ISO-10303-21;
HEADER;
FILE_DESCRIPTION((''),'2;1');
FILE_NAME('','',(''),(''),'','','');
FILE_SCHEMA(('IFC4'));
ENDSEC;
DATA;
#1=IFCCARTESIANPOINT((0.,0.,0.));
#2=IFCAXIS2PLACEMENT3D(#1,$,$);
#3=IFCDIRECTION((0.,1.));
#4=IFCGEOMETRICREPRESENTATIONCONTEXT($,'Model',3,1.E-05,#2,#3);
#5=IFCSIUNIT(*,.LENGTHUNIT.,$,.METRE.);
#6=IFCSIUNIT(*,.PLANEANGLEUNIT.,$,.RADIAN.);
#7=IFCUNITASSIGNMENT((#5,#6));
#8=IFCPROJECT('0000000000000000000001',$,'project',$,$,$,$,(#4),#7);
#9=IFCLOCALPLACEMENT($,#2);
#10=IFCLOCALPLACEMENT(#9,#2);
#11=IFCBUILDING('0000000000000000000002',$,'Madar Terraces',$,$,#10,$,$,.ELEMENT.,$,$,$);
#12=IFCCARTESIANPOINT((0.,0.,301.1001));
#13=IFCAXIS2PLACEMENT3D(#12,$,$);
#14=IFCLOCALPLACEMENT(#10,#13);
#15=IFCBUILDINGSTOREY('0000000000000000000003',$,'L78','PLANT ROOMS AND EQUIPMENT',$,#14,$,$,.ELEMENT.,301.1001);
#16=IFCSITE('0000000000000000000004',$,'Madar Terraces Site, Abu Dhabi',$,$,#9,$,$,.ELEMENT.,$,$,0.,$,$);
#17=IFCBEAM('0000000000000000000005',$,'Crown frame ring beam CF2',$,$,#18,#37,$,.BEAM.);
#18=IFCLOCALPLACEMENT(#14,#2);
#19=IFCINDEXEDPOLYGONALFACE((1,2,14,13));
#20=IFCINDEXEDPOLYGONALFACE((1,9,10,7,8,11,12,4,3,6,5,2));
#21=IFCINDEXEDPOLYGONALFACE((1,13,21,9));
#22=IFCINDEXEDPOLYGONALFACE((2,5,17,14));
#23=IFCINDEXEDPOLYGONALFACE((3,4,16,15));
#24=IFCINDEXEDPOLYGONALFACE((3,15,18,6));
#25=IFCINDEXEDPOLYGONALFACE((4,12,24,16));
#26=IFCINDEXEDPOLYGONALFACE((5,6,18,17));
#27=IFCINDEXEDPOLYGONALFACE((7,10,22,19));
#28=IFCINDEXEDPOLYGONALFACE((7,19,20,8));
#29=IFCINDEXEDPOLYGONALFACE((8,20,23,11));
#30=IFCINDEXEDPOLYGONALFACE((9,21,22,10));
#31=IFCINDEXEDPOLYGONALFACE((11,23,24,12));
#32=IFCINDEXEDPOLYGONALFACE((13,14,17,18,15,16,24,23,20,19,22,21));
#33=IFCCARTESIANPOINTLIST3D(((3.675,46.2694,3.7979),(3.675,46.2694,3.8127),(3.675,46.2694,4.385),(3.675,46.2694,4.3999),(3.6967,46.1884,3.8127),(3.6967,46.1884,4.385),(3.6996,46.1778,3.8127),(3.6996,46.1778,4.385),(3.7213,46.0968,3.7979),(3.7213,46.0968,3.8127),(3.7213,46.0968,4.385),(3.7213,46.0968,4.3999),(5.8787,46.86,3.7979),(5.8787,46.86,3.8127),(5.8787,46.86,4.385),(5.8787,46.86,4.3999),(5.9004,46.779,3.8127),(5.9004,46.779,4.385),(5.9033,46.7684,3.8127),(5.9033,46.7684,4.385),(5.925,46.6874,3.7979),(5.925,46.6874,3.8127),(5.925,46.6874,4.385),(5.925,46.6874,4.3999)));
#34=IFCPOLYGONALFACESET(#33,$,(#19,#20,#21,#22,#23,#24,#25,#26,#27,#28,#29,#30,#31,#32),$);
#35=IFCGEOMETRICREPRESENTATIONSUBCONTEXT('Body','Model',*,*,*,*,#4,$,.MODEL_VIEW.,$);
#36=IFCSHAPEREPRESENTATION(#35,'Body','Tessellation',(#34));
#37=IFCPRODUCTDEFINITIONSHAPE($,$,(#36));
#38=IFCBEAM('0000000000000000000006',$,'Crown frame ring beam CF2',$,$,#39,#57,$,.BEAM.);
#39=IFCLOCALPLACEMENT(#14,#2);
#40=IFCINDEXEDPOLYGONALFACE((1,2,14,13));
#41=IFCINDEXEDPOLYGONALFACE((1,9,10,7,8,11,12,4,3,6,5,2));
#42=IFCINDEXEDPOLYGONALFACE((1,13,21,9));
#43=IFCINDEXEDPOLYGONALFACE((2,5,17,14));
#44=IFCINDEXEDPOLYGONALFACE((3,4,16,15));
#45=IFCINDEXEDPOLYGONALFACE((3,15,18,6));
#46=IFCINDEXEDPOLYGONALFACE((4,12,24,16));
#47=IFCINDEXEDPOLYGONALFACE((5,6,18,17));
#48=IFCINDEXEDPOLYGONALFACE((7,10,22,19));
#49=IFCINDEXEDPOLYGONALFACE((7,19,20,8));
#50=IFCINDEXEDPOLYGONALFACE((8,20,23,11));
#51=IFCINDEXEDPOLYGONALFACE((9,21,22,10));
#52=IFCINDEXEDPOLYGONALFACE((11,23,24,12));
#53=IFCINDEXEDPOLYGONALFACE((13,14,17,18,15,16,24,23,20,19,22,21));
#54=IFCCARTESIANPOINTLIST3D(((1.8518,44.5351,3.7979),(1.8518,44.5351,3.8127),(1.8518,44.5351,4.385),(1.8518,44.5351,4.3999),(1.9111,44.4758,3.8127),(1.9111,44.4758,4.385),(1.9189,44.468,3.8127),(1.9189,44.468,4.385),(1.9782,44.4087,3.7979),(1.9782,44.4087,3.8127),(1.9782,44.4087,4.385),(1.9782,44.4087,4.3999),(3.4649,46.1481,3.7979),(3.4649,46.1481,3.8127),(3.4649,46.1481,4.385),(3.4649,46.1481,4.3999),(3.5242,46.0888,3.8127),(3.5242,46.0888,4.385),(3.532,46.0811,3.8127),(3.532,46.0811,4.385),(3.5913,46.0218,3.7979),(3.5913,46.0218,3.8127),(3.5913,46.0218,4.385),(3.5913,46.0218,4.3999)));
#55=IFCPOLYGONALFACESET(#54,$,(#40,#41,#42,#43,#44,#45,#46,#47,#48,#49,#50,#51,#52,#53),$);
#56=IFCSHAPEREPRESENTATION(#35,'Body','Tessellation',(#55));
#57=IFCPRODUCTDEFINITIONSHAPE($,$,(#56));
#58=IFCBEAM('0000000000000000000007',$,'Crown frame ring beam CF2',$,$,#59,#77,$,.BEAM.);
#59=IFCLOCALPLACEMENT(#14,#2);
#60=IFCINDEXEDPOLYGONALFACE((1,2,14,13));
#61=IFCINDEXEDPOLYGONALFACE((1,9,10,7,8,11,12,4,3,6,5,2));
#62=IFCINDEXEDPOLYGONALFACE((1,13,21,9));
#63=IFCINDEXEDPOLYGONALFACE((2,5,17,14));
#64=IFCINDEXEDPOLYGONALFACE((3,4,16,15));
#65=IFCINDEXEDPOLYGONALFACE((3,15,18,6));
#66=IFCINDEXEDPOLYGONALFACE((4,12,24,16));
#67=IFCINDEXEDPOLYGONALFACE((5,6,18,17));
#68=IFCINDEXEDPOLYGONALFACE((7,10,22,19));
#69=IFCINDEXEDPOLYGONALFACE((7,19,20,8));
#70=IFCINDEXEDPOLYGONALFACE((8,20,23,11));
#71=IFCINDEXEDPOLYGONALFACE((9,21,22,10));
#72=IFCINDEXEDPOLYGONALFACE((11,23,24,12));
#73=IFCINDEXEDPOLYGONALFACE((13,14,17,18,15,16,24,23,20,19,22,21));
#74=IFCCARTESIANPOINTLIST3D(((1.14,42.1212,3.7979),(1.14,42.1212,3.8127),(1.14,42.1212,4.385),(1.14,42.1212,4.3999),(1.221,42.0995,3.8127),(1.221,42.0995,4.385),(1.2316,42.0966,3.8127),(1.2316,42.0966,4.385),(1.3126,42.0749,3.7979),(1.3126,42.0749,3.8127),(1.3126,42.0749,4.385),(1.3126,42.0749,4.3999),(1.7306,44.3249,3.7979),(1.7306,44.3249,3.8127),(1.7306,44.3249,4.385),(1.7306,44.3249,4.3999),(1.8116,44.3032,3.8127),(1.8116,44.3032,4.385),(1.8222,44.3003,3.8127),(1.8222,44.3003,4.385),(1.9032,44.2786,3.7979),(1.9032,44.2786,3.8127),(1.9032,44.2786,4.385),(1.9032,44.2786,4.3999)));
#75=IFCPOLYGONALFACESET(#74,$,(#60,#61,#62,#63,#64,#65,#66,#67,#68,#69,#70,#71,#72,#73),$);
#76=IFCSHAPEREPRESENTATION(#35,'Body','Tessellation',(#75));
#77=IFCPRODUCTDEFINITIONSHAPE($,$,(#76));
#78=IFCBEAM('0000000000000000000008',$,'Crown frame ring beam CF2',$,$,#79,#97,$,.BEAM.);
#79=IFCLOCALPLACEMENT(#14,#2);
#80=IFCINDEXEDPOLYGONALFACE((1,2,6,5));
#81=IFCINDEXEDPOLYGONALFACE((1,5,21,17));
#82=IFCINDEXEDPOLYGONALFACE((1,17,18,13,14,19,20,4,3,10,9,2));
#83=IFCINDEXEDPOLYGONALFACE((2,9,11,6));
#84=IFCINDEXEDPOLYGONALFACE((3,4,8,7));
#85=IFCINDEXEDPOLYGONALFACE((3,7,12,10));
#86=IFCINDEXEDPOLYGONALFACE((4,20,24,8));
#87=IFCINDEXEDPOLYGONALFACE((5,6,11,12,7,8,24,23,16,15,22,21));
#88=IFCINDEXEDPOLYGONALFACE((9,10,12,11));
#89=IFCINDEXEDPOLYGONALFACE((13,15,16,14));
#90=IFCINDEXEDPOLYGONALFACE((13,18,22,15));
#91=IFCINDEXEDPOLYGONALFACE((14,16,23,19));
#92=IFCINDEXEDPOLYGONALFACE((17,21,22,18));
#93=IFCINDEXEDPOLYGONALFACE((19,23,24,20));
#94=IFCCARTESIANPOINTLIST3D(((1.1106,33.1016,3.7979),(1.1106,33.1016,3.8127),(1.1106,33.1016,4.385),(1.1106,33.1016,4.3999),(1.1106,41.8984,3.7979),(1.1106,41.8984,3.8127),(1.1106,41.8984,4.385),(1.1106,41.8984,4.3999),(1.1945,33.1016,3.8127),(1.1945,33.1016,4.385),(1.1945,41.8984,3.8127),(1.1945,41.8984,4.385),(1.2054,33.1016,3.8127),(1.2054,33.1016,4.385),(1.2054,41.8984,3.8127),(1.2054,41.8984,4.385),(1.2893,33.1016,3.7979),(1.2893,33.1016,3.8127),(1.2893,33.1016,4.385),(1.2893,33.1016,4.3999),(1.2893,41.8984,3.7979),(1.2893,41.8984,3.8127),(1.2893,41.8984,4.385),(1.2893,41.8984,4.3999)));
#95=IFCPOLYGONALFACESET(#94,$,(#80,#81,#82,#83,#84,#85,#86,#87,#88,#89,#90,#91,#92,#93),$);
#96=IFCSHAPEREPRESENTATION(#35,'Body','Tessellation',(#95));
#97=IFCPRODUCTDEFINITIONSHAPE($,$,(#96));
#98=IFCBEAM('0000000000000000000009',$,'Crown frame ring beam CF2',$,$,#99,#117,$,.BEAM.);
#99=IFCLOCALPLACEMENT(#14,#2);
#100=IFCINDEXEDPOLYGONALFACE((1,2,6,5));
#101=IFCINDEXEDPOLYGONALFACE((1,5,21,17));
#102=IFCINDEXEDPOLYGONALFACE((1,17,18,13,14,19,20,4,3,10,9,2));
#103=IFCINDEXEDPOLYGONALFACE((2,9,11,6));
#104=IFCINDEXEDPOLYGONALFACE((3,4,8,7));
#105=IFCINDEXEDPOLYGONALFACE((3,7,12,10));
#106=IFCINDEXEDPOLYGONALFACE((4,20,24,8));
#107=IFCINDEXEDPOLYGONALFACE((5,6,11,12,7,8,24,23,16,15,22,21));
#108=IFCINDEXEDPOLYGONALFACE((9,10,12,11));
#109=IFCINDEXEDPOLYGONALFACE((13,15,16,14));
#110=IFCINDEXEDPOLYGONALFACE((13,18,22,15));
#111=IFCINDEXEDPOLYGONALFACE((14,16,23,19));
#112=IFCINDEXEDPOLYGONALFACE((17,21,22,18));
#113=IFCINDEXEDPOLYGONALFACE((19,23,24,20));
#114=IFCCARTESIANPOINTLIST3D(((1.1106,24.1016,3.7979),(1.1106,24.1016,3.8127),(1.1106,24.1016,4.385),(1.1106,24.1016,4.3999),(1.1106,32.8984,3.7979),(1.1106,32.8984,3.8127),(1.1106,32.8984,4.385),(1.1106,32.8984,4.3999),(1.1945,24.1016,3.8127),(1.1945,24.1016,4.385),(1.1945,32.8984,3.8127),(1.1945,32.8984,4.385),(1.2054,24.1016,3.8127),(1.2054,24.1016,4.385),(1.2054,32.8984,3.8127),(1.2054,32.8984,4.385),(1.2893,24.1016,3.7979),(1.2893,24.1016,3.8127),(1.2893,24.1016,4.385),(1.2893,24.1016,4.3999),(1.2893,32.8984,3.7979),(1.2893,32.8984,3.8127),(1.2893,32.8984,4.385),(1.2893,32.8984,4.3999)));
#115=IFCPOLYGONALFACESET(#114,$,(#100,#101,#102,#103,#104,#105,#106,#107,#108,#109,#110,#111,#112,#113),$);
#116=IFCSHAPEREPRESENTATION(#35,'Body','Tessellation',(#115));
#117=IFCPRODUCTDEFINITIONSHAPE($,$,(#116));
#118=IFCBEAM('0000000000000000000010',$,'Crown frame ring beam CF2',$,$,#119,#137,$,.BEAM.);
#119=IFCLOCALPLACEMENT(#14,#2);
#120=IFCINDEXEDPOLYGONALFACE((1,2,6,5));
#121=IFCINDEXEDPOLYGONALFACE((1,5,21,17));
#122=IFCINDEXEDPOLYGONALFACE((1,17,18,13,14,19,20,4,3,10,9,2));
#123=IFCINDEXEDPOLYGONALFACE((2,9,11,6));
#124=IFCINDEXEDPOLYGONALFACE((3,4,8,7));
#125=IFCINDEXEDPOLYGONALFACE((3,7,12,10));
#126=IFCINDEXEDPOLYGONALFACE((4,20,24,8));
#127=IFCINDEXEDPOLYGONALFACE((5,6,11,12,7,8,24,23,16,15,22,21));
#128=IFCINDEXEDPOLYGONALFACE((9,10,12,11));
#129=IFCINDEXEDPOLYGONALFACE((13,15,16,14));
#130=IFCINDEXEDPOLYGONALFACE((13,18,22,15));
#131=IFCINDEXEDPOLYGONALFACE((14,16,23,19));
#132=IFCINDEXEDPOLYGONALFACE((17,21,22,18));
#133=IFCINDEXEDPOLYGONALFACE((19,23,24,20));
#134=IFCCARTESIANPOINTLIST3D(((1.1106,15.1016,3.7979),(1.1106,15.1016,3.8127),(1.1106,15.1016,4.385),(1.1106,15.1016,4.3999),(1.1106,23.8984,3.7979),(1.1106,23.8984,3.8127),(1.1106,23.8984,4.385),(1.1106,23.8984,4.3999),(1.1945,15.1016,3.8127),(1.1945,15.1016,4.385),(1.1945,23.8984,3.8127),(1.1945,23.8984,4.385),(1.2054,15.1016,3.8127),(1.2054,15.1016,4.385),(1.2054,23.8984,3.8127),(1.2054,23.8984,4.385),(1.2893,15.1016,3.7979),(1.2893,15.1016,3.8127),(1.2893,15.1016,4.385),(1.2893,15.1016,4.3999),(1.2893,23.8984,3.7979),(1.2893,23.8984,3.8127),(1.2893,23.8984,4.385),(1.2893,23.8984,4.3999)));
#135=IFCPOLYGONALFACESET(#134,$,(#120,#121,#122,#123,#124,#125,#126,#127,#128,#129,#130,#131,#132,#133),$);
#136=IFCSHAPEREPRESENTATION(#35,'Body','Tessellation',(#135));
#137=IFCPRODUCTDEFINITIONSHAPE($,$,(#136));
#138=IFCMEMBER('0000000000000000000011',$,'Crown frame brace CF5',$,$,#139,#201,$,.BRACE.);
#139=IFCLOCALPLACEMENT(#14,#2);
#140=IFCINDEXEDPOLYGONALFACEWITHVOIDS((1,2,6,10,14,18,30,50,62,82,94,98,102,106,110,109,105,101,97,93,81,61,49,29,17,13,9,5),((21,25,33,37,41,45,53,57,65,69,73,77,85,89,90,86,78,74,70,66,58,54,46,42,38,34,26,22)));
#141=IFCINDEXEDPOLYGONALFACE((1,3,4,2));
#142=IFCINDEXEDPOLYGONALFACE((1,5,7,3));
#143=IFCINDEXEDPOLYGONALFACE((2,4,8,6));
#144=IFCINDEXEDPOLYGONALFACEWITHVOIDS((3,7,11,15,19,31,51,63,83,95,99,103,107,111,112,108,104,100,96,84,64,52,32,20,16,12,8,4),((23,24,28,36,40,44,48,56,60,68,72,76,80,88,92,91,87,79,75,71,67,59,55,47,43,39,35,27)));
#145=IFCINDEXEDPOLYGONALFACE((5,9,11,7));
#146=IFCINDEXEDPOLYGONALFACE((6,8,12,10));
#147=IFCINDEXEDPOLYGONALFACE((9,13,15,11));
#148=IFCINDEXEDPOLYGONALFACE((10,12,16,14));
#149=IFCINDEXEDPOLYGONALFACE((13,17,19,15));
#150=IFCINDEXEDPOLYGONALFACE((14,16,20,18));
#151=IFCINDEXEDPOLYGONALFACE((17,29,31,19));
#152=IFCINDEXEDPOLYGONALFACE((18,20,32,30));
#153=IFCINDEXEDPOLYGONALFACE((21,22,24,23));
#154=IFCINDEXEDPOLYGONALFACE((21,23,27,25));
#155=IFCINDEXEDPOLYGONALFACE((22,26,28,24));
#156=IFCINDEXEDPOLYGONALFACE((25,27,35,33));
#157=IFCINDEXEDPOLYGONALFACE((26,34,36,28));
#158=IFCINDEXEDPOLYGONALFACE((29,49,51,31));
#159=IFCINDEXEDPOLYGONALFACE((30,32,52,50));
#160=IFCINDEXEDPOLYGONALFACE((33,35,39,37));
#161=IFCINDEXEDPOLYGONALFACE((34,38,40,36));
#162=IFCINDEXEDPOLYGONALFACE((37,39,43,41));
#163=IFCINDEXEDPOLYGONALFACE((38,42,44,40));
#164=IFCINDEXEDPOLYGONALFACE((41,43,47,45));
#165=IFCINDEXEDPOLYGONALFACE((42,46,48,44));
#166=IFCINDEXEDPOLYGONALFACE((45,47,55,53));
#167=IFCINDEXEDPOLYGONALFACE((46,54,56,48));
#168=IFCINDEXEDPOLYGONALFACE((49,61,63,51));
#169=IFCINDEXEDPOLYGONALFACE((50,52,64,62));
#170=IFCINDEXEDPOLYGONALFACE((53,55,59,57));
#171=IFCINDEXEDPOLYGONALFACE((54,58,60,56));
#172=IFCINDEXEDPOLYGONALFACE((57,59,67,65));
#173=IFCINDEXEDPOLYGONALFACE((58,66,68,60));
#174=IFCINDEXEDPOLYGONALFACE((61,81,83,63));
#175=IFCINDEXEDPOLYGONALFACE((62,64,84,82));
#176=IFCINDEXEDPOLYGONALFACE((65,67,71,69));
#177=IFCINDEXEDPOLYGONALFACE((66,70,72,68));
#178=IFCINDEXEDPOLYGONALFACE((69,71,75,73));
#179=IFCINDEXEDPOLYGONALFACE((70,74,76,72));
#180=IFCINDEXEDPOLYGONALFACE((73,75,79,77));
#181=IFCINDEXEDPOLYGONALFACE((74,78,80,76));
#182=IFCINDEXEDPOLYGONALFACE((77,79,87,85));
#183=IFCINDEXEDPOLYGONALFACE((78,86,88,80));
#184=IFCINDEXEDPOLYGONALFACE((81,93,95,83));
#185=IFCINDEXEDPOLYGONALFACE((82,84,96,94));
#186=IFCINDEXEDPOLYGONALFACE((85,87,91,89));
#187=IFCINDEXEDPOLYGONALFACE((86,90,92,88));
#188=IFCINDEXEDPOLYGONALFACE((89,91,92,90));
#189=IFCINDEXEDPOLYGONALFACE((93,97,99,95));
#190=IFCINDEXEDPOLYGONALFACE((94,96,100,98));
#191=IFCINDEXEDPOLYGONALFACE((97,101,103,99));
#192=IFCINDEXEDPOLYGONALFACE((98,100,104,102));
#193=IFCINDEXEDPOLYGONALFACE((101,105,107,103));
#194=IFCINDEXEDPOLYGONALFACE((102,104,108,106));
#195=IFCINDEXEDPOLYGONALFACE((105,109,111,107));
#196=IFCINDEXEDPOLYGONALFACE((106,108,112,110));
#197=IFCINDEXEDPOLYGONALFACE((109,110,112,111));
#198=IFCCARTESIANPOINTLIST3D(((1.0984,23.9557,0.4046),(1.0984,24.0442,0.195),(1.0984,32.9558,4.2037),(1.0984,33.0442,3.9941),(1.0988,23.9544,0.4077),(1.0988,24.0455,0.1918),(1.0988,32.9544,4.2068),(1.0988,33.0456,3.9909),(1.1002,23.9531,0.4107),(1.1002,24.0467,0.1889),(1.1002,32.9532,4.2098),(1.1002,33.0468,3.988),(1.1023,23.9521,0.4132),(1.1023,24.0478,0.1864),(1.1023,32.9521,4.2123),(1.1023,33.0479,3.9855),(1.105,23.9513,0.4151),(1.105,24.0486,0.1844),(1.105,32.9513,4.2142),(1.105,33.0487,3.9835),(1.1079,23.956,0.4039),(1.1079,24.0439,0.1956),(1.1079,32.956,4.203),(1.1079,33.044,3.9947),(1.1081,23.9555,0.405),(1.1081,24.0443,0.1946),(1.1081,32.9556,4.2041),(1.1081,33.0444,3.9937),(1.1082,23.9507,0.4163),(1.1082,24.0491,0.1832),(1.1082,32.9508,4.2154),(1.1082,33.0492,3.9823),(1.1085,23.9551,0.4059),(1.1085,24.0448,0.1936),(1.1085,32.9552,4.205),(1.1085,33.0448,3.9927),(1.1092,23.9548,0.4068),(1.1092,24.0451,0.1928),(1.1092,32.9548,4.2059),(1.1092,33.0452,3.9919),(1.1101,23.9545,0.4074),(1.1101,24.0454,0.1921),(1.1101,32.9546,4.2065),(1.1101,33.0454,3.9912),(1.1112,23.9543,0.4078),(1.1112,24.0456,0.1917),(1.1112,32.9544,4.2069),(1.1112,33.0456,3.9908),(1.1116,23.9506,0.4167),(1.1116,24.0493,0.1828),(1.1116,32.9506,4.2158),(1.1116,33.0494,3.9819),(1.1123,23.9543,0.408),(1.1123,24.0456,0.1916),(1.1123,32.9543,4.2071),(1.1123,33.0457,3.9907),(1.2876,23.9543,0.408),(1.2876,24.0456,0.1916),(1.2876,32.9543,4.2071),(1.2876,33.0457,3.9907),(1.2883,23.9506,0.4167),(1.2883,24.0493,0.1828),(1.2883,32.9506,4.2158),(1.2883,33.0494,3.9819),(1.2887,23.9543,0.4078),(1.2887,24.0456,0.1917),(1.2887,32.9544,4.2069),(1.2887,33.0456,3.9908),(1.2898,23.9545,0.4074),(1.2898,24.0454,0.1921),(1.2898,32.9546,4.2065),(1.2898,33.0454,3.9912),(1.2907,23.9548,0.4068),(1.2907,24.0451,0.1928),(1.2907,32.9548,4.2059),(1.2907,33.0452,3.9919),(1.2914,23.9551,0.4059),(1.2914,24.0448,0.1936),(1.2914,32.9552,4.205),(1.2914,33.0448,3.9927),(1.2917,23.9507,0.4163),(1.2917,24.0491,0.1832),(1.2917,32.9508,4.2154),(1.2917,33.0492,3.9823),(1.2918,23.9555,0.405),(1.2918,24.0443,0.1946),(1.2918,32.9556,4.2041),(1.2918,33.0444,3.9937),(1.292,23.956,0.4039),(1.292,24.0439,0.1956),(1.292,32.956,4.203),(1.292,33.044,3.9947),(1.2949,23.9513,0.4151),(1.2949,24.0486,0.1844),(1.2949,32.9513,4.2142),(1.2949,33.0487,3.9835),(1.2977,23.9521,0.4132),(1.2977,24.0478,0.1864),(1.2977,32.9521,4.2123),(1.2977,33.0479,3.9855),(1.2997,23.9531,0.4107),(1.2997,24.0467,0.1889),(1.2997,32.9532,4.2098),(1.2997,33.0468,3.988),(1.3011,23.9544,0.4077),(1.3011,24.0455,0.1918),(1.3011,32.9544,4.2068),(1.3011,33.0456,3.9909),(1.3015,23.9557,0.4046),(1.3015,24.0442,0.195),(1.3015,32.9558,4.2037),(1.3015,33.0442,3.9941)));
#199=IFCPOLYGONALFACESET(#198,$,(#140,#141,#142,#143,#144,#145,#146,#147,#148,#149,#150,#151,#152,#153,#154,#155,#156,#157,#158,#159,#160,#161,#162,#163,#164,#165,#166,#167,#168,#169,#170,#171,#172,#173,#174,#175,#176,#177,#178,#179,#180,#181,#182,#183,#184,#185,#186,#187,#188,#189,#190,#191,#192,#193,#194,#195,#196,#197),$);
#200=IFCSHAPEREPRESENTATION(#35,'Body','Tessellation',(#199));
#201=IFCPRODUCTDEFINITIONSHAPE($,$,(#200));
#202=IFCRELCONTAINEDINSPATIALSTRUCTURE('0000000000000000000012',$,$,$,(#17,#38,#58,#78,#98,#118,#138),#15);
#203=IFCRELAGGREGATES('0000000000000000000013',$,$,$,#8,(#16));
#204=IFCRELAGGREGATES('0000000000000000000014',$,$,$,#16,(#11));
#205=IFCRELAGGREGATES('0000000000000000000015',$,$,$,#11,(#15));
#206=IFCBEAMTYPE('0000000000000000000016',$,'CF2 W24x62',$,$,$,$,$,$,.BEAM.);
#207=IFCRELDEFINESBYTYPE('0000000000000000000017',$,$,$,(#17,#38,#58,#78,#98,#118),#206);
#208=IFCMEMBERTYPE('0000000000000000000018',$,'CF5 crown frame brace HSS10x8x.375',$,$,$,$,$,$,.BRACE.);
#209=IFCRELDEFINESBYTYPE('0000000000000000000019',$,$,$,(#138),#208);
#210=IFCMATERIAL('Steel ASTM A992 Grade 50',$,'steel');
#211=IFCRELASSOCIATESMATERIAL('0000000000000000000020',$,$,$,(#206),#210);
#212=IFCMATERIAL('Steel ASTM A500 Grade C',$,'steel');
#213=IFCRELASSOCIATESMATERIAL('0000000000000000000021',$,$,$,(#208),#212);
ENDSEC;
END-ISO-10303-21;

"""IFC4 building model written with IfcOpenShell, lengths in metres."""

from ifc_helpers import new_model, si_unit, direction, frame, origin, origin_2d, place, context, subcontext, project, spatial, hollow_rectangle, i_section, extrude, material, material_profile, profile_set, type_object, element, save


model = new_model("IFC4")

# Units and contexts
model_context = context("Model", 3, precision=1e-05, world=origin(), true_north=direction((0.0, 1.0)))
body_context = subcontext(model_context, "Body", "Model", "MODEL_VIEW")
ifc_project = project(units=[si_unit("LENGTHUNIT", "METRE"), si_unit("PLANEANGLEUNIT", "RADIAN")], contexts=[model_context])

# Site, building, storey
site_placement = place(None, origin())
site = spatial("IfcSite", under=ifc_project, at=site_placement, Name="Madar Terraces Site, Abu Dhabi", CompositionType="ELEMENT", RefElevation=0.0)
building_placement = place(site_placement, origin())
building = spatial("IfcBuilding", under=site, at=building_placement, Name="Madar Terraces", CompositionType="ELEMENT")
storey_placement = place(building_placement, frame((0.0, 0.0, 301.1001)))
storey = spatial("IfcBuildingStorey", under=building, at=storey_placement, Name="L78", Description="PLANT ROOMS AND EQUIPMENT", CompositionType="ELEMENT", Elevation=301.1001)

# Beams
ifc_material_1 = material(Name="Steel ASTM A992 Grade 50", Category="steel")
ifc_material_profile_1 = material_profile(ifc_material_1, i_section(OverallWidth=0.1787, OverallDepth=0.6021, WebThickness=0.011, FlangeThickness=0.0149, at=origin_2d()), Name="W24x62")
ifc_profile_set_1 = profile_set([ifc_material_profile_1], Name="Steel ASTM A992 Grade 50")
beam_type = type_object("IfcBeamType", Name="CF2 W24x62", PredefinedType="BEAM", material=ifc_profile_set_1)
beam_1_placement = place(storey_placement, frame((5.9019, 46.7737, 4.0989), z_axis=(-0.965913, -0.258868, 0.0), x_axis=(0.258868, -0.965913, 0.0)))
element("IfcBeam", 1, at=beam_1_placement, inside=storey, type_object=beam_type, Name="Crown frame ring beam CF2", PredefinedType="BEAM", context=body_context, shape_type="SweptSolid", body=[
    extrude(i_section(OverallWidth=0.1787, OverallDepth=0.6021, WebThickness=0.011, FlangeThickness=0.0149, at=origin_2d()), origin(), (0.0, 0.0, 1.0), 2.2815),
])
beam_2_placement = place(storey_placement, frame((3.5281, 46.085, 4.0989), z_axis=(-0.707107, -0.707107, 0.0), x_axis=(0.707107, -0.707107, 0.0)))
element("IfcBeam", 2, at=beam_2_placement, inside=storey, type_object=beam_type, Name="Crown frame ring beam CF2", PredefinedType="BEAM", context=body_context, shape_type="SweptSolid", body=[
    extrude(i_section(OverallWidth=0.1787, OverallDepth=0.6021, WebThickness=0.011, FlangeThickness=0.0149, at=origin_2d()), origin(), (0.0, 0.0, 1.0), 2.2812),
])
beam_3_placement = place(storey_placement, frame((1.8169, 44.3018, 4.0989), z_axis=(-0.258868, -0.965913, 0.0), x_axis=(0.965913, -0.258868, 0.0)))
element("IfcBeam", 3, at=beam_3_placement, inside=storey, type_object=beam_type, Name="Crown frame ring beam CF2", PredefinedType="BEAM", context=body_context, shape_type="SweptSolid", body=[
    extrude(i_section(OverallWidth=0.1787, OverallDepth=0.6021, WebThickness=0.011, FlangeThickness=0.0149, at=origin_2d()), origin(), (0.0, 0.0, 1.0), 2.2815),
])
for number, where, z_axis, x_axis, name in (
    (4, (1.2, 41.8984, 4.0989), (0.0, -1.0, 0.0), (1.0, 0.0, 0.0), "Crown frame ring beam CF2"),
    (5, (1.2, 32.8984, 4.0989), (0.0, -1.0, 0.0), (1.0, 0.0, 0.0), "Crown frame ring beam CF2"),
    (6, (1.2, 23.8984, 4.0989), (0.0, -1.0, 0.0), (1.0, 0.0, 0.0), "Crown frame ring beam CF2"),
):
    element("IfcBeam", number, at=place(storey_placement, frame(where, z_axis=z_axis, x_axis=x_axis)), inside=storey, type_object=beam_type, Name=name, PredefinedType="BEAM", context=body_context, shape_type="SweptSolid", body=[
        extrude(i_section(OverallWidth=0.1787, OverallDepth=0.6021, WebThickness=0.011, FlangeThickness=0.0149, at=origin_2d()), origin(), (0.0, 0.0, 1.0), 8.7969),
    ])

# Member
ifc_material_2 = material(Name="Steel ASTM A500 Grade C", Category="steel")
ifc_material_profile_2 = material_profile(ifc_material_2, hollow_rectangle(XDim=0.2031, YDim=0.2539, WallThickness=0.0095, InnerFilletRadius=0.0044, OuterFilletRadius=0.0132, at=origin_2d()), Name="HSS10x8x.375")
ifc_profile_set_2 = profile_set([ifc_material_profile_2], Name="Steel ASTM A500 Grade C")
member_type_1 = type_object("IfcMemberType", Name="CF5 crown frame brace HSS10x8x.375", PredefinedType="BRACE", material=ifc_profile_set_2)
member_placement = place(storey_placement, frame((1.2, 33.0, 4.0989), z_axis=(0.0, -0.921284, -0.388891), x_axis=(1.0, 0.0, 0.0)))
element("IfcMember", 7, at=member_placement, inside=storey, type_object=member_type_1, Name="Crown frame brace CF5", PredefinedType="BRACE", context=body_context, shape_type="SweptSolid", body=[
    extrude(hollow_rectangle(XDim=0.2031, YDim=0.2539, WallThickness=0.0095, InnerFilletRadius=0.0044, OuterFilletRadius=0.0132, at=origin_2d()), origin(), (0.0, 0.0, 1.0), 9.769),
])

save(model, "model.ifc")
